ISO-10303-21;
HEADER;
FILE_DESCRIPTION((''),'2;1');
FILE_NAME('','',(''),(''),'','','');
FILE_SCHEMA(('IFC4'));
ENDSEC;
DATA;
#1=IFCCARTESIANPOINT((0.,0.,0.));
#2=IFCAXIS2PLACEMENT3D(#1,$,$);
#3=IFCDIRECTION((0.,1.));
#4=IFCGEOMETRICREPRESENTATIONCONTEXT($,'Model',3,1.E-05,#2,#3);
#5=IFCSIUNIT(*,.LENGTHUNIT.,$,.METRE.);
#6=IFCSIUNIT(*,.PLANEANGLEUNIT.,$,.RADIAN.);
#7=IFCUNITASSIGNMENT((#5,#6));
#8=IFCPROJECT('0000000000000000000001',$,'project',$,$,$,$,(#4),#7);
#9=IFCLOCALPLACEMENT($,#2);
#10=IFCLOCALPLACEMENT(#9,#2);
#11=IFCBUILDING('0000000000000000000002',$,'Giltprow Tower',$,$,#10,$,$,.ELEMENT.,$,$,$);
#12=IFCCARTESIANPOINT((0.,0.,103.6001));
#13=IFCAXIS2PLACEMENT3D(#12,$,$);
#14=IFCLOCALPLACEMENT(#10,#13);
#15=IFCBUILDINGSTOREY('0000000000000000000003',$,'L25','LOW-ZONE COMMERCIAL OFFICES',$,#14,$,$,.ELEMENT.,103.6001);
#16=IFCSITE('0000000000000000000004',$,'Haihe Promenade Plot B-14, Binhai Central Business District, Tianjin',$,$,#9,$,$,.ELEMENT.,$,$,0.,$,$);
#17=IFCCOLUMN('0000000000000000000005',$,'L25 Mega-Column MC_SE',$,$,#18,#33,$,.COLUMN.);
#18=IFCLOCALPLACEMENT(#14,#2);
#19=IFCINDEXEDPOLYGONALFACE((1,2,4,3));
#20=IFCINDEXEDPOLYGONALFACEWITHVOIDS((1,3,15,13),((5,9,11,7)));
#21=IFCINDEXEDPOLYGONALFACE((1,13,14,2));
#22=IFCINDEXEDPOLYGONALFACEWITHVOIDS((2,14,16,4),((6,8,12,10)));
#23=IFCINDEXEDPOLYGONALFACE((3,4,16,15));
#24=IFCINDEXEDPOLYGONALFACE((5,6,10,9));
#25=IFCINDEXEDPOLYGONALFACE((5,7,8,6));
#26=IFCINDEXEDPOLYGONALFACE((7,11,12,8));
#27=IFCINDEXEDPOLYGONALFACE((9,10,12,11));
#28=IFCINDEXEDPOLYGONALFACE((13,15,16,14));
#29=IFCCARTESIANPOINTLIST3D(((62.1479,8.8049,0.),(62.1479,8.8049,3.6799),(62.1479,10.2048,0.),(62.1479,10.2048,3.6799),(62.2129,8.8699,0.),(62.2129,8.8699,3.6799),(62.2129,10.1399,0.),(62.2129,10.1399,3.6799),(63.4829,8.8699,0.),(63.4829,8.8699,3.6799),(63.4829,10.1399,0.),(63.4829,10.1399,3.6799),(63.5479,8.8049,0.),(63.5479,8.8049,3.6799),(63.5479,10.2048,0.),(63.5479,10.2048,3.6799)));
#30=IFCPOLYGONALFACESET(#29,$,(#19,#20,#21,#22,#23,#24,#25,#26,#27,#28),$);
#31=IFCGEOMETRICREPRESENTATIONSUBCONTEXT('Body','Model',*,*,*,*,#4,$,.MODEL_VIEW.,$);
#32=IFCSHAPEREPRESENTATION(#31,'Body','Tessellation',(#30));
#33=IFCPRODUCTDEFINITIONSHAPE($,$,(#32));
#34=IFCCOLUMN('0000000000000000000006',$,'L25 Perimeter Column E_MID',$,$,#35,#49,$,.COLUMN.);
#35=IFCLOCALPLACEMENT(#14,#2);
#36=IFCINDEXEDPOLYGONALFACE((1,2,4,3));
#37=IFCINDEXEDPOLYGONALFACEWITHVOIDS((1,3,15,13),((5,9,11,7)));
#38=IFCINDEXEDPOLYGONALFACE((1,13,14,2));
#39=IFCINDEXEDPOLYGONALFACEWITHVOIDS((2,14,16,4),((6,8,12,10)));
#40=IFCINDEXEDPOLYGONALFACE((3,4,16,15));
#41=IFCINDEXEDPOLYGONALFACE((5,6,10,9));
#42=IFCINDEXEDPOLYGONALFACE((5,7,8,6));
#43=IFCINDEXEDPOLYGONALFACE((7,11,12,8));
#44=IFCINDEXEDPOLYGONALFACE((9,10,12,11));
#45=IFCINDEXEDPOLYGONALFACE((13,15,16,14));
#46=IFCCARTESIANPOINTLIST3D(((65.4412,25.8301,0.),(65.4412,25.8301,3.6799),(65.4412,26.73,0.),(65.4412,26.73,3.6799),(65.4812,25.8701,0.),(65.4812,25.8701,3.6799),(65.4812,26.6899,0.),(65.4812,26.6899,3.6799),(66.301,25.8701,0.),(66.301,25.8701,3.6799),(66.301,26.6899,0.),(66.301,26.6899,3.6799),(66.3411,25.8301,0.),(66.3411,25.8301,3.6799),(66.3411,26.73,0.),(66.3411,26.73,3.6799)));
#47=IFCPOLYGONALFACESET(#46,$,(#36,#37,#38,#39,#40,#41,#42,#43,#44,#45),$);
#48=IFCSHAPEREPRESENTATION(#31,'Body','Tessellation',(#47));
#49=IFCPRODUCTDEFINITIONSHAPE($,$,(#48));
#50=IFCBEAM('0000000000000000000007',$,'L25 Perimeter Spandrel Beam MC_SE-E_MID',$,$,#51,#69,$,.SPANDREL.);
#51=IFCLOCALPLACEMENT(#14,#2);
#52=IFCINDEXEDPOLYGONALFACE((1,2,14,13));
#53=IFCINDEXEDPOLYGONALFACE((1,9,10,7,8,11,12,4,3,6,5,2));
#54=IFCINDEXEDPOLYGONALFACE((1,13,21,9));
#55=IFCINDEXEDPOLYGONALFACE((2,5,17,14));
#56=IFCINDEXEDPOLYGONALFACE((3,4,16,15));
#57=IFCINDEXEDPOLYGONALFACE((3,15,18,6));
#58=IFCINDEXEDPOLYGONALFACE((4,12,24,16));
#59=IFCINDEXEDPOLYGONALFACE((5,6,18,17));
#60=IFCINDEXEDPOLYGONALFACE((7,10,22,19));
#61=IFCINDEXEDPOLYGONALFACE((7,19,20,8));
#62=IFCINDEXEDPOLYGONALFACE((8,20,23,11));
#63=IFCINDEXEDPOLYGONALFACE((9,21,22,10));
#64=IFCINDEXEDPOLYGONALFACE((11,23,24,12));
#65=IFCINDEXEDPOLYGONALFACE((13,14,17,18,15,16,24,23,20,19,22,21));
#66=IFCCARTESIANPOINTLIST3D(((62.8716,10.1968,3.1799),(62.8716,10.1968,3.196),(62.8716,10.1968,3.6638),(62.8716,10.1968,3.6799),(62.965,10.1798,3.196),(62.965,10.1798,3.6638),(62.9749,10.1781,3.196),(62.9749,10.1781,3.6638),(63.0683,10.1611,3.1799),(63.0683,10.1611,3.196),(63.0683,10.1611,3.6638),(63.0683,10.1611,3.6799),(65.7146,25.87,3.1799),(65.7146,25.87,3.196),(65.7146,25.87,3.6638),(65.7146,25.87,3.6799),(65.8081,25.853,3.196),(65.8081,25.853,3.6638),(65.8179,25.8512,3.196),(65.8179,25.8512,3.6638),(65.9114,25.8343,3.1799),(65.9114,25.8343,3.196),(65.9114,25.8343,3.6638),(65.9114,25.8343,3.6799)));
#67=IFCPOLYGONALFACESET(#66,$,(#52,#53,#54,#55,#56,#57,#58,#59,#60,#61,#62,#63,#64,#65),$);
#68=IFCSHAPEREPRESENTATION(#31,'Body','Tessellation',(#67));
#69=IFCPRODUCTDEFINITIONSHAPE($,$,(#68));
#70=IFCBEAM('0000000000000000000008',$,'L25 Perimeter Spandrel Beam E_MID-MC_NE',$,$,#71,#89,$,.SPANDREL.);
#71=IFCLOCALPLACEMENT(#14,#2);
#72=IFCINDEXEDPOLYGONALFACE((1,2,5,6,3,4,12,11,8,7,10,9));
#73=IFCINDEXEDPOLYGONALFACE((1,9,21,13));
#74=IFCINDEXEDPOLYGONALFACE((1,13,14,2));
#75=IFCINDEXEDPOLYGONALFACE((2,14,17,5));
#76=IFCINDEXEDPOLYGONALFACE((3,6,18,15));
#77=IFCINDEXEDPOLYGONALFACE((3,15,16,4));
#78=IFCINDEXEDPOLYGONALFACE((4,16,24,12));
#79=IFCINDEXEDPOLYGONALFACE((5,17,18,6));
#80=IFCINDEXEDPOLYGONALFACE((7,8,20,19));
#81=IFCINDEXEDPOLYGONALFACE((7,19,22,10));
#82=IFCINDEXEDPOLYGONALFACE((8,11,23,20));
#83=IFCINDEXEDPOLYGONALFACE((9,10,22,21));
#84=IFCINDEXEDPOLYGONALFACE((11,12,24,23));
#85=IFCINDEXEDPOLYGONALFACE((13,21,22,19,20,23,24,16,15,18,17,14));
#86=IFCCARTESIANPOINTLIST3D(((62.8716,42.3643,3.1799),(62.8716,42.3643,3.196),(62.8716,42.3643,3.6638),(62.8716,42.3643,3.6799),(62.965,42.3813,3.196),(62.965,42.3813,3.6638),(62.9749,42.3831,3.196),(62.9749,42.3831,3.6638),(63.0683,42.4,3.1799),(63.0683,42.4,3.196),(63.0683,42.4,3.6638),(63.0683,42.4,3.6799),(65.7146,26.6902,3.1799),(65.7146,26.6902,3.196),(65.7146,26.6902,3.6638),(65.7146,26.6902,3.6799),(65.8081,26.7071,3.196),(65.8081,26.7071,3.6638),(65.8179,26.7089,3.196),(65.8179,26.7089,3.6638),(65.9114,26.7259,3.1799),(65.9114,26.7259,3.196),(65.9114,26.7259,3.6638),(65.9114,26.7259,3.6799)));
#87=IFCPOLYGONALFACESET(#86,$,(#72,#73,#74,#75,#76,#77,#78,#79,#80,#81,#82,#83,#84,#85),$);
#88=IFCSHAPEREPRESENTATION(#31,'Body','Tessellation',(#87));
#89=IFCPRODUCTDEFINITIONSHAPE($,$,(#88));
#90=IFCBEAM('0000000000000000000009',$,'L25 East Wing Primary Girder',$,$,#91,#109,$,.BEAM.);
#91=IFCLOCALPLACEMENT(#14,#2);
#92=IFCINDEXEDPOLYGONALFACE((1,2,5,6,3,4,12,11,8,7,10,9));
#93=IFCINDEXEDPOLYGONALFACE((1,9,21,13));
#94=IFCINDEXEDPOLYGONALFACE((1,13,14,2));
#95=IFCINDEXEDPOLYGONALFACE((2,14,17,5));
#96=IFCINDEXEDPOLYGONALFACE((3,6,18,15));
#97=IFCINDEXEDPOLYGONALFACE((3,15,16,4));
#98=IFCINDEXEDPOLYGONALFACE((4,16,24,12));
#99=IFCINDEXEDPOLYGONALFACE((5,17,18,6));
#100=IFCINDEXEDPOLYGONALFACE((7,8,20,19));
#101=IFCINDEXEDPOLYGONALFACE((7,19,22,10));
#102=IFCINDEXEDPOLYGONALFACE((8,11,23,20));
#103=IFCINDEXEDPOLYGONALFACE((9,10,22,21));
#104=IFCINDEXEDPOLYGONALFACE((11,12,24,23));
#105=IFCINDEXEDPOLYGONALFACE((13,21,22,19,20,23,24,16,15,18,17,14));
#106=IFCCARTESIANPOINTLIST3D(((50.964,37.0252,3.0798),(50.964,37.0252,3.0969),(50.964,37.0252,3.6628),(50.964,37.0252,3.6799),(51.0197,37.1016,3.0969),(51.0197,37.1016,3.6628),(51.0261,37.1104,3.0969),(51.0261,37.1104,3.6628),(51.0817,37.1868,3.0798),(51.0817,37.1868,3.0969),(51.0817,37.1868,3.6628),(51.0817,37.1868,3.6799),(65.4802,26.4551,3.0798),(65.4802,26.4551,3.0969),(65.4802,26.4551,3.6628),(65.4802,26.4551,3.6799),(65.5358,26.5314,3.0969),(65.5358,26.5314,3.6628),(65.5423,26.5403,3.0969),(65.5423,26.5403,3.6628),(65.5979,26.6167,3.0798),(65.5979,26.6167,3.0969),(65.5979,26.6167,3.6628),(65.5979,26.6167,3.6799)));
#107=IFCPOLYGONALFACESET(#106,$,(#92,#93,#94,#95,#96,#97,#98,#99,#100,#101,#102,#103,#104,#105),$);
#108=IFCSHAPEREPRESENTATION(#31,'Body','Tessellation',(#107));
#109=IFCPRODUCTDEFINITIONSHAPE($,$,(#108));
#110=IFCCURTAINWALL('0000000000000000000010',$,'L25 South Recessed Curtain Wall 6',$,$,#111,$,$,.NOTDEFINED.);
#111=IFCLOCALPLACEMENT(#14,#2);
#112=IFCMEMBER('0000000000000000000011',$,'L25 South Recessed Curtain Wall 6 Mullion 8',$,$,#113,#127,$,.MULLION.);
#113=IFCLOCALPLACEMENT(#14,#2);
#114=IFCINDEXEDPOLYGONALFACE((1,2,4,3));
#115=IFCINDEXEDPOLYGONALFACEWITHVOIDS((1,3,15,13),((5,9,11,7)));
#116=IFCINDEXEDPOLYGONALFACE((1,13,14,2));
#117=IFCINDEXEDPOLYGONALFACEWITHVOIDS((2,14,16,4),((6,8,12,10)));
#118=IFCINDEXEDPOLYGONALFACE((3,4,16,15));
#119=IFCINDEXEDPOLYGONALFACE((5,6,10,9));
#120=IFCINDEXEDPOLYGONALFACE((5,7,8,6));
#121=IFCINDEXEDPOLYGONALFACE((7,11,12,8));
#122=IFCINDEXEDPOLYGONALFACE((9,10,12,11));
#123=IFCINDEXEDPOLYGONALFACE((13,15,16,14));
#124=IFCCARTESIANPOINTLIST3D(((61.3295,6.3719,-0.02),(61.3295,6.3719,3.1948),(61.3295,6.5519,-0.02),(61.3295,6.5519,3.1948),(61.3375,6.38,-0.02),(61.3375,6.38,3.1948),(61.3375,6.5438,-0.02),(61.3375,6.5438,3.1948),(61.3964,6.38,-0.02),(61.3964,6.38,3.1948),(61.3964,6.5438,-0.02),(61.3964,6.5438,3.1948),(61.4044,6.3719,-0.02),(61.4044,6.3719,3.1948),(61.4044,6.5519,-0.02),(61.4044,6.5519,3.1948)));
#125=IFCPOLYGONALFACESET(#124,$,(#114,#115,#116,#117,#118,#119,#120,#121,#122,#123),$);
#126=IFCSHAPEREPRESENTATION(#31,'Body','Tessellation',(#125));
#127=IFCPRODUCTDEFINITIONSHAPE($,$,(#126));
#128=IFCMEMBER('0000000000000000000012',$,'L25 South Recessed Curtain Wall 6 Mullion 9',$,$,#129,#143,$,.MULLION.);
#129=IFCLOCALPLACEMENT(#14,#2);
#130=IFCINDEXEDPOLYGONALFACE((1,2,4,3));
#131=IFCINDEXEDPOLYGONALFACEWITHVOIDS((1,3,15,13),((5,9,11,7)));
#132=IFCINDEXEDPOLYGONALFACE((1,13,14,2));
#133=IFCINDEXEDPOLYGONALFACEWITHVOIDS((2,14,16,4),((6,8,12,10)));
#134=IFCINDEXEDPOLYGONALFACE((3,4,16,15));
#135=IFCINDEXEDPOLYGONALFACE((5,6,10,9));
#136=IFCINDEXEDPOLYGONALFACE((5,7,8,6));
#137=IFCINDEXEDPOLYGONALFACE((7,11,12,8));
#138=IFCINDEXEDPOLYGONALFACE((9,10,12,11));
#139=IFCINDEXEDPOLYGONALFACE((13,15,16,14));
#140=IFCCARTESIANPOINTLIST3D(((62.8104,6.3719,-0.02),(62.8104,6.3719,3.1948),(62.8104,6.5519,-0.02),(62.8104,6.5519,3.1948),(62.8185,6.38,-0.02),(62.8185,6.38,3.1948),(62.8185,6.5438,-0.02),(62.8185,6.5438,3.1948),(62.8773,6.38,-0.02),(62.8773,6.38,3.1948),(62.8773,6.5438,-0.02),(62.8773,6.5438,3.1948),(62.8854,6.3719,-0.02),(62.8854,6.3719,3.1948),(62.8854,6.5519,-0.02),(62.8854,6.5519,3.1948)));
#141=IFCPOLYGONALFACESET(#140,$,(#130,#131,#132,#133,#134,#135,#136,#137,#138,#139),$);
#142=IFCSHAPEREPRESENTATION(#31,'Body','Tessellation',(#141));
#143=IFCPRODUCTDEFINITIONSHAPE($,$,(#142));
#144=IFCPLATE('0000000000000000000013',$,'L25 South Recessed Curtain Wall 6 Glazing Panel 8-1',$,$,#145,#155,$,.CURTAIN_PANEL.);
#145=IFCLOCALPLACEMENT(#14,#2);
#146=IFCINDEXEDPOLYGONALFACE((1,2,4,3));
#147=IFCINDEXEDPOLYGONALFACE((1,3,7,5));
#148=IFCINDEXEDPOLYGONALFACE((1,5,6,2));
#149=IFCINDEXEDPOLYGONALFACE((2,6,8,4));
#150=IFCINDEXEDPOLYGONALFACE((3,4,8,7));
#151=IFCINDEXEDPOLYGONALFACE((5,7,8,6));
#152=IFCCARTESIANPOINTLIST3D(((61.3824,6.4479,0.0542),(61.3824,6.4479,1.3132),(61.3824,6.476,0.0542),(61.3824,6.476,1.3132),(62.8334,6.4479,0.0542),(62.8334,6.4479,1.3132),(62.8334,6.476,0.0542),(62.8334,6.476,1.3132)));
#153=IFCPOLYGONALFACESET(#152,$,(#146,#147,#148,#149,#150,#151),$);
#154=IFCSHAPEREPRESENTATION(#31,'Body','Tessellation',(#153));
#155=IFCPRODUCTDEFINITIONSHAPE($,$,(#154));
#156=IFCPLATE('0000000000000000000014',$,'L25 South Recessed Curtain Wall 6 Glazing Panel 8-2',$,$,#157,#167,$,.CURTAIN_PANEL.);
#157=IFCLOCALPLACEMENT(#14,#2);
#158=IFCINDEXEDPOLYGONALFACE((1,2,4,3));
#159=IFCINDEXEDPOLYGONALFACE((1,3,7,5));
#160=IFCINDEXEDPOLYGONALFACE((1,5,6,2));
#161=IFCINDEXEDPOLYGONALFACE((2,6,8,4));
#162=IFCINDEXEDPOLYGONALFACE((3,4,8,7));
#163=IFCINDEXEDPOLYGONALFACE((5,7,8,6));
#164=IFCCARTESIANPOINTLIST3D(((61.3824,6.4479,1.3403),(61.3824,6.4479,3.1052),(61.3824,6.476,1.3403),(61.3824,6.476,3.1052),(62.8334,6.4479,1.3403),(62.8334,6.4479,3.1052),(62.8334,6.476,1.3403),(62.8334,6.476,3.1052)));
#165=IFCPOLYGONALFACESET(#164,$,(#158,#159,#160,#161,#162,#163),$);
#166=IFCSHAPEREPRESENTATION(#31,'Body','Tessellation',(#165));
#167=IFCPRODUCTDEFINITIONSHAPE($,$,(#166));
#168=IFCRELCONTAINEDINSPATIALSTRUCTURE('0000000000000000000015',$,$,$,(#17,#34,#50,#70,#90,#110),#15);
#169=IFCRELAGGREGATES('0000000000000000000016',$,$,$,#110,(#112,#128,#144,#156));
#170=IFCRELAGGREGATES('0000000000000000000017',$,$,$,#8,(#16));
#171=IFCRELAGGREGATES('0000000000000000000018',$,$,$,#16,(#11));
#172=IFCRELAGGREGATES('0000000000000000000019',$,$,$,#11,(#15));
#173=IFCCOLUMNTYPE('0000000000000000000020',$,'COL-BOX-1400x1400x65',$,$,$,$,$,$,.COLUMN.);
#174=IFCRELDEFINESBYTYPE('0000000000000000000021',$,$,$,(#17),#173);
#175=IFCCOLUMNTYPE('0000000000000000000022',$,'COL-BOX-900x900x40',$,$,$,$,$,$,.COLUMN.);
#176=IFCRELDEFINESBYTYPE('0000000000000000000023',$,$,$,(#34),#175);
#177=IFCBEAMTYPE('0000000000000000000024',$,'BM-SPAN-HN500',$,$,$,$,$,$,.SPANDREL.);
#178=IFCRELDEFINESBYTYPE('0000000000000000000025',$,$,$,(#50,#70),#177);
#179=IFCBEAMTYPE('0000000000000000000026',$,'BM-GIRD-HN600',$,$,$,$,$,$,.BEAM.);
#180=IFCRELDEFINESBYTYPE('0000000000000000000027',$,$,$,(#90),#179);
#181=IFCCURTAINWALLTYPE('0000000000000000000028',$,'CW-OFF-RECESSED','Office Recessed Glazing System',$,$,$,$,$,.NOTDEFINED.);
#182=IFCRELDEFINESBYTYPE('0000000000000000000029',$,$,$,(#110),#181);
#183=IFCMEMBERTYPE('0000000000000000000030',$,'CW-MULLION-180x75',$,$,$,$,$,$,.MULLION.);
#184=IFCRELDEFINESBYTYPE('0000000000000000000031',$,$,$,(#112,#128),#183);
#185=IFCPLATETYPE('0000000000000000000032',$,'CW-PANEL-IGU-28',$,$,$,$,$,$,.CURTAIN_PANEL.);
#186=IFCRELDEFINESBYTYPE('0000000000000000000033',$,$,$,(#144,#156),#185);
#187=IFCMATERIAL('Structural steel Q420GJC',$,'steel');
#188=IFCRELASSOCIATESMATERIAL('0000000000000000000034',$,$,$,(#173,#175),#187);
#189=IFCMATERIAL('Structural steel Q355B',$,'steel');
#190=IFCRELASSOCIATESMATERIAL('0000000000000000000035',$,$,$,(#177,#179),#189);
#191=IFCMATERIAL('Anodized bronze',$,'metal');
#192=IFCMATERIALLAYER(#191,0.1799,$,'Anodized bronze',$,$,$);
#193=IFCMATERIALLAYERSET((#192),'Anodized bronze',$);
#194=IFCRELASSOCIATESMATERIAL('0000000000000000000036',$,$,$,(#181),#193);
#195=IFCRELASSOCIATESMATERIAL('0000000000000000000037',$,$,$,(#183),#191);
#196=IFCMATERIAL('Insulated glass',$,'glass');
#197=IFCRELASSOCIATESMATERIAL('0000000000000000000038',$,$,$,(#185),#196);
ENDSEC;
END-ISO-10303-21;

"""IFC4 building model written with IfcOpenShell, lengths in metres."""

from ifc_helpers import new_model, si_unit, direction, frame, origin, origin_2d, place, context, subcontext, project, spatial, rectangle, hollow_rectangle, i_section, extrude, source, transform, mapped, material, layer, layer_set, material_profile, profile_set, type_object, element, aggregate, save


model = new_model("IFC4")

# Units and contexts
model_context = context("Model", 3, precision=1e-05, world=origin(), true_north=direction((0.0, 1.0)))
body_context = subcontext(model_context, "Body", "Model", "MODEL_VIEW")
ifc_project = project(units=[si_unit("LENGTHUNIT", "METRE"), si_unit("PLANEANGLEUNIT", "RADIAN")], contexts=[model_context])

# Site, building, storey
site_placement = place(None, origin())
site = spatial("IfcSite", under=ifc_project, at=site_placement, Name="Haihe Promenade Plot B-14, Binhai Central Business District, Tianjin", CompositionType="ELEMENT", RefElevation=0.0)
building_placement = place(site_placement, origin())
building = spatial("IfcBuilding", under=site, at=building_placement, Name="Giltprow Tower", CompositionType="ELEMENT")
storey_placement = place(building_placement, frame((0.0, 0.0, 103.6001)))
storey = spatial("IfcBuildingStorey", under=building, at=storey_placement, Name="L25", Description="LOW-ZONE COMMERCIAL OFFICES", CompositionType="ELEMENT", Elevation=103.6001)

# Columns
ifc_material_1 = material(Name="Structural steel Q420GJC", Category="steel")
ifc_material_profile_1 = material_profile(ifc_material_1, hollow_rectangle(XDim=1.3999, YDim=1.3999, WallThickness=0.0649, at=origin_2d()), Name="BOX 1400x1400x65")
ifc_profile_set_1 = profile_set([ifc_material_profile_1], Name="Structural steel Q420GJC")
column_type_1 = type_object("IfcColumnType", Name="COL-BOX-1400x1400x65", PredefinedType="COLUMN", material=ifc_profile_set_1)
shared_shape_1 = source(origin(), body_context, "Body", "SweptSolid", [
    extrude(hollow_rectangle(XDim=1.3999, YDim=1.3999, WallThickness=0.0649, at=origin_2d()), origin(), (0.0, 0.0, 1.0), 3.6799),
])
column_1_placement = place(storey_placement, frame((62.8479, 9.5049, 0.0), z_axis=(0.0, 0.0, 1.0), x_axis=(1.0, 0.0, 0.0)))
element("IfcColumn", 1, at=column_1_placement, inside=storey, type_object=column_type_1, Name="L25 Mega-Column MC_SE", PredefinedType="COLUMN", context=body_context, shape_type="MappedRepresentation", body=[
    mapped(shared_shape_1, transform((0.0, 0.0, 0.0), x_axis=(1.0, 0.0, 0.0), y_axis=(0.0, 1.0, 0.0), z_axis=(0.0, 0.0, 1.0), scale=1.0)),
])
ifc_material_profile_2 = material_profile(ifc_material_1, hollow_rectangle(XDim=0.8999, YDim=0.8999, WallThickness=0.04, at=origin_2d()), Name="BOX 900x900x40")
ifc_profile_set_2 = profile_set([ifc_material_profile_2], Name="Structural steel Q420GJC")
column_type_2 = type_object("IfcColumnType", Name="COL-BOX-900x900x40", PredefinedType="COLUMN", material=ifc_profile_set_2)
shared_shape_2 = source(origin(), body_context, "Body", "SweptSolid", [
    extrude(hollow_rectangle(XDim=0.8999, YDim=0.8999, WallThickness=0.04, at=origin_2d()), origin(), (0.0, 0.0, 1.0), 3.6799),
])
column_2_placement = place(storey_placement, frame((65.8911, 26.28, 0.0), z_axis=(0.0, 0.0, 1.0), x_axis=(1.0, 0.0, 0.0)))
element("IfcColumn", 2, at=column_2_placement, inside=storey, type_object=column_type_2, Name="L25 Perimeter Column E_MID", PredefinedType="COLUMN", context=body_context, shape_type="MappedRepresentation", body=[
    mapped(shared_shape_2, transform((0.0, 0.0, 0.0), x_axis=(1.0, 0.0, 0.0), y_axis=(0.0, 1.0, 0.0), z_axis=(0.0, 0.0, 1.0), scale=1.0)),
])

# Beams
ifc_material_2 = material(Name="Structural steel Q355B", Category="steel")
ifc_material_profile_3 = material_profile(ifc_material_2, i_section(OverallWidth=0.2, OverallDepth=0.5, WebThickness=0.01, FlangeThickness=0.0161, at=origin_2d()), Name="HN 500x200x10x16")
ifc_profile_set_3 = profile_set([ifc_material_profile_3], Name="Structural steel Q355B")
beam_type_1 = type_object("IfcBeamType", Name="BM-SPAN-HN500", PredefinedType="SPANDREL", material=ifc_profile_set_3)
shared_shape_3 = source(origin(), body_context, "Body", "SweptSolid", [
    extrude(i_section(OverallWidth=0.2, OverallDepth=0.5, WebThickness=0.01, FlangeThickness=0.0161, at=origin_2d()), origin(), (0.0, 0.0, 1.0), 15.929),
])
beam_1_placement = place(storey_placement, frame((62.97, 10.179, 3.4299), z_axis=(0.178482, 0.983943, 0.0), x_axis=(-0.983943, 0.178482, 0.0)))
element("IfcBeam", 3, at=beam_1_placement, inside=storey, type_object=beam_type_1, Name="L25 Perimeter Spandrel Beam MC_SE-E_MID", PredefinedType="SPANDREL", context=body_context, shape_type="MappedRepresentation", body=[
    mapped(shared_shape_3, transform((0.0, 0.0, 0.0), x_axis=(1.0, 0.0, 0.0), y_axis=(0.0, 1.0, 0.0), z_axis=(0.0, 0.0, 1.0), scale=1.0)),
])
shared_shape_4 = source(origin(), body_context, "Body", "SweptSolid", [
    extrude(i_section(OverallWidth=0.2, OverallDepth=0.5, WebThickness=0.01, FlangeThickness=0.0161, at=origin_2d()), origin(), (0.0, 0.0, 1.0), 15.9299),
])
beam_2_placement = place(storey_placement, frame((65.813, 26.708, 3.4299), z_axis=(-0.178471, 0.983945, 0.0), x_axis=(-0.983945, -0.178471, 0.0)))
element("IfcBeam", 4, at=beam_2_placement, inside=storey, type_object=beam_type_1, Name="L25 Perimeter Spandrel Beam E_MID-MC_NE", PredefinedType="SPANDREL", context=body_context, shape_type="MappedRepresentation", body=[
    mapped(shared_shape_4, transform((0.0, 0.0, 0.0), x_axis=(1.0, 0.0, 0.0), y_axis=(0.0, 1.0, 0.0), z_axis=(0.0, 0.0, 1.0), scale=1.0)),
])
ifc_material_profile_4 = material_profile(ifc_material_2, i_section(OverallWidth=0.2, OverallDepth=0.6001, WebThickness=0.011, FlangeThickness=0.0171, at=origin_2d()), Name="HN 600x200x11x17")
ifc_profile_set_4 = profile_set([ifc_material_profile_4], Name="Structural steel Q355B")
beam_type_2 = type_object("IfcBeamType", Name="BM-GIRD-HN600", PredefinedType="BEAM", material=ifc_profile_set_4)
shared_shape_5 = source(origin(), body_context, "Body", "SweptSolid", [
    extrude(i_section(OverallWidth=0.2, OverallDepth=0.6001, WebThickness=0.011, FlangeThickness=0.0171, at=origin_2d()), origin(), (0.0, 0.0, 1.0), 17.9568),
])
beam_3_placement = place(storey_placement, frame((65.5391, 26.5359, 3.3799), z_axis=(-0.808394, 0.588641, 0.0), x_axis=(-0.588641, -0.808394, 0.0)))
element("IfcBeam", 5, at=beam_3_placement, inside=storey, type_object=beam_type_2, Name="L25 East Wing Primary Girder", PredefinedType="BEAM", context=body_context, shape_type="MappedRepresentation", body=[
    mapped(shared_shape_5, transform((0.0, 0.0, 0.0), x_axis=(1.0, 0.0, 0.0), y_axis=(0.0, 1.0, 0.0), z_axis=(0.0, 0.0, 1.0), scale=1.0)),
])

# Curtain wall, members, plates
ifc_material_3 = material(Name="Anodized bronze", Category="metal")
ifc_layer_1 = layer(ifc_material_3, 0.1799, Name="Anodized bronze")
ifc_layer_set_1 = layer_set([ifc_layer_1], Name="Anodized bronze")
curtain_wall_type = type_object("IfcCurtainWallType", Name="CW-OFF-RECESSED", Description="Office Recessed Glazing System", PredefinedType="NOTDEFINED", material=ifc_layer_set_1)
curtain_wall_placement = place(storey_placement, origin())
curtain_wall = element("IfcCurtainWall", 6, at=curtain_wall_placement, inside=storey, type_object=curtain_wall_type, Name="L25 South Recessed Curtain Wall 6", PredefinedType="NOTDEFINED")
ifc_material_profile_5 = material_profile(ifc_material_3, hollow_rectangle(XDim=0.075, YDim=0.1799, WallThickness=0.0081, at=origin_2d()), Name="RHS 180x75x8")
ifc_profile_set_5 = profile_set([ifc_material_profile_5], Name="Anodized bronze")
member_type = type_object("IfcMemberType", Name="CW-MULLION-180x75", PredefinedType="MULLION", material=ifc_profile_set_5)
shared_shape_6 = source(origin(), body_context, "Body", "SweptSolid", [
    extrude(hollow_rectangle(XDim=0.075, YDim=0.1799, WallThickness=0.0081, at=origin_2d()), origin(), (0.0, 0.0, 1.0), 3.2148),
])
member_1_placement = place(storey_placement, frame((61.3669, 6.4619, -0.02), z_axis=(0.0, 0.0, 1.0), x_axis=(1.0, 0.0, 0.0)))
member_1 = element("IfcMember", 7, at=member_1_placement, type_object=member_type, Name="L25 South Recessed Curtain Wall 6 Mullion 8", PredefinedType="MULLION", context=body_context, shape_type="MappedRepresentation", body=[
    mapped(shared_shape_6, transform((0.0, 0.0, 0.0), x_axis=(1.0, 0.0, 0.0), y_axis=(0.0, 1.0, 0.0), z_axis=(0.0, 0.0, 1.0), scale=1.0)),
])
member_2_placement = place(storey_placement, frame((62.8479, 6.4619, -0.02), z_axis=(0.0, 0.0, 1.0), x_axis=(1.0, 0.0, 0.0)))
member_2 = element("IfcMember", 8, at=member_2_placement, type_object=member_type, Name="L25 South Recessed Curtain Wall 6 Mullion 9", PredefinedType="MULLION", context=body_context, shape_type="MappedRepresentation", body=[
    mapped(shared_shape_6, transform((0.0, 0.0, 0.0), x_axis=(1.0, 0.0, 0.0), y_axis=(0.0, 1.0, 0.0), z_axis=(0.0, 0.0, 1.0), scale=1.0)),
])
ifc_material_4 = material(Name="Insulated glass", Category="glass")
plate_type = type_object("IfcPlateType", Name="CW-PANEL-IGU-28", PredefinedType="CURTAIN_PANEL", material=ifc_material_4)
shared_shape_7 = source(origin(), body_context, "Body", "SweptSolid", [
    extrude(rectangle(XDim=1.4509, YDim=0.0281, at=origin_2d()), origin(), (0.0, 0.0, 1.0), 1.259),
])
plate_1_placement = place(storey_placement, frame((62.1079, 6.4619, 0.0542), z_axis=(0.0, 0.0, 1.0), x_axis=(1.0, 0.0, 0.0)))
plate_1 = element("IfcPlate", 9, at=plate_1_placement, type_object=plate_type, Name="L25 South Recessed Curtain Wall 6 Glazing Panel 8-1", PredefinedType="CURTAIN_PANEL", context=body_context, shape_type="MappedRepresentation", body=[
    mapped(shared_shape_7, transform((0.0, 0.0, 0.0), x_axis=(1.0, 0.0, 0.0), y_axis=(0.0, 1.0, 0.0), z_axis=(0.0, 0.0, 1.0), scale=1.0)),
])
shared_shape_8 = source(origin(), body_context, "Body", "SweptSolid", [
    extrude(rectangle(XDim=1.4509, YDim=0.0281, at=origin_2d()), origin(), (0.0, 0.0, 1.0), 1.7649),
])
plate_2_placement = place(storey_placement, frame((62.1079, 6.4619, 1.3403), z_axis=(0.0, 0.0, 1.0), x_axis=(1.0, 0.0, 0.0)))
plate_2 = element("IfcPlate", 10, at=plate_2_placement, type_object=plate_type, Name="L25 South Recessed Curtain Wall 6 Glazing Panel 8-2", PredefinedType="CURTAIN_PANEL", context=body_context, shape_type="MappedRepresentation", body=[
    mapped(shared_shape_8, transform((0.0, 0.0, 0.0), x_axis=(1.0, 0.0, 0.0), y_axis=(0.0, 1.0, 0.0), z_axis=(0.0, 0.0, 1.0), scale=1.0)),
])
aggregate(curtain_wall, [member_1, member_2, plate_1, plate_2])

save(model, "model.ifc")
